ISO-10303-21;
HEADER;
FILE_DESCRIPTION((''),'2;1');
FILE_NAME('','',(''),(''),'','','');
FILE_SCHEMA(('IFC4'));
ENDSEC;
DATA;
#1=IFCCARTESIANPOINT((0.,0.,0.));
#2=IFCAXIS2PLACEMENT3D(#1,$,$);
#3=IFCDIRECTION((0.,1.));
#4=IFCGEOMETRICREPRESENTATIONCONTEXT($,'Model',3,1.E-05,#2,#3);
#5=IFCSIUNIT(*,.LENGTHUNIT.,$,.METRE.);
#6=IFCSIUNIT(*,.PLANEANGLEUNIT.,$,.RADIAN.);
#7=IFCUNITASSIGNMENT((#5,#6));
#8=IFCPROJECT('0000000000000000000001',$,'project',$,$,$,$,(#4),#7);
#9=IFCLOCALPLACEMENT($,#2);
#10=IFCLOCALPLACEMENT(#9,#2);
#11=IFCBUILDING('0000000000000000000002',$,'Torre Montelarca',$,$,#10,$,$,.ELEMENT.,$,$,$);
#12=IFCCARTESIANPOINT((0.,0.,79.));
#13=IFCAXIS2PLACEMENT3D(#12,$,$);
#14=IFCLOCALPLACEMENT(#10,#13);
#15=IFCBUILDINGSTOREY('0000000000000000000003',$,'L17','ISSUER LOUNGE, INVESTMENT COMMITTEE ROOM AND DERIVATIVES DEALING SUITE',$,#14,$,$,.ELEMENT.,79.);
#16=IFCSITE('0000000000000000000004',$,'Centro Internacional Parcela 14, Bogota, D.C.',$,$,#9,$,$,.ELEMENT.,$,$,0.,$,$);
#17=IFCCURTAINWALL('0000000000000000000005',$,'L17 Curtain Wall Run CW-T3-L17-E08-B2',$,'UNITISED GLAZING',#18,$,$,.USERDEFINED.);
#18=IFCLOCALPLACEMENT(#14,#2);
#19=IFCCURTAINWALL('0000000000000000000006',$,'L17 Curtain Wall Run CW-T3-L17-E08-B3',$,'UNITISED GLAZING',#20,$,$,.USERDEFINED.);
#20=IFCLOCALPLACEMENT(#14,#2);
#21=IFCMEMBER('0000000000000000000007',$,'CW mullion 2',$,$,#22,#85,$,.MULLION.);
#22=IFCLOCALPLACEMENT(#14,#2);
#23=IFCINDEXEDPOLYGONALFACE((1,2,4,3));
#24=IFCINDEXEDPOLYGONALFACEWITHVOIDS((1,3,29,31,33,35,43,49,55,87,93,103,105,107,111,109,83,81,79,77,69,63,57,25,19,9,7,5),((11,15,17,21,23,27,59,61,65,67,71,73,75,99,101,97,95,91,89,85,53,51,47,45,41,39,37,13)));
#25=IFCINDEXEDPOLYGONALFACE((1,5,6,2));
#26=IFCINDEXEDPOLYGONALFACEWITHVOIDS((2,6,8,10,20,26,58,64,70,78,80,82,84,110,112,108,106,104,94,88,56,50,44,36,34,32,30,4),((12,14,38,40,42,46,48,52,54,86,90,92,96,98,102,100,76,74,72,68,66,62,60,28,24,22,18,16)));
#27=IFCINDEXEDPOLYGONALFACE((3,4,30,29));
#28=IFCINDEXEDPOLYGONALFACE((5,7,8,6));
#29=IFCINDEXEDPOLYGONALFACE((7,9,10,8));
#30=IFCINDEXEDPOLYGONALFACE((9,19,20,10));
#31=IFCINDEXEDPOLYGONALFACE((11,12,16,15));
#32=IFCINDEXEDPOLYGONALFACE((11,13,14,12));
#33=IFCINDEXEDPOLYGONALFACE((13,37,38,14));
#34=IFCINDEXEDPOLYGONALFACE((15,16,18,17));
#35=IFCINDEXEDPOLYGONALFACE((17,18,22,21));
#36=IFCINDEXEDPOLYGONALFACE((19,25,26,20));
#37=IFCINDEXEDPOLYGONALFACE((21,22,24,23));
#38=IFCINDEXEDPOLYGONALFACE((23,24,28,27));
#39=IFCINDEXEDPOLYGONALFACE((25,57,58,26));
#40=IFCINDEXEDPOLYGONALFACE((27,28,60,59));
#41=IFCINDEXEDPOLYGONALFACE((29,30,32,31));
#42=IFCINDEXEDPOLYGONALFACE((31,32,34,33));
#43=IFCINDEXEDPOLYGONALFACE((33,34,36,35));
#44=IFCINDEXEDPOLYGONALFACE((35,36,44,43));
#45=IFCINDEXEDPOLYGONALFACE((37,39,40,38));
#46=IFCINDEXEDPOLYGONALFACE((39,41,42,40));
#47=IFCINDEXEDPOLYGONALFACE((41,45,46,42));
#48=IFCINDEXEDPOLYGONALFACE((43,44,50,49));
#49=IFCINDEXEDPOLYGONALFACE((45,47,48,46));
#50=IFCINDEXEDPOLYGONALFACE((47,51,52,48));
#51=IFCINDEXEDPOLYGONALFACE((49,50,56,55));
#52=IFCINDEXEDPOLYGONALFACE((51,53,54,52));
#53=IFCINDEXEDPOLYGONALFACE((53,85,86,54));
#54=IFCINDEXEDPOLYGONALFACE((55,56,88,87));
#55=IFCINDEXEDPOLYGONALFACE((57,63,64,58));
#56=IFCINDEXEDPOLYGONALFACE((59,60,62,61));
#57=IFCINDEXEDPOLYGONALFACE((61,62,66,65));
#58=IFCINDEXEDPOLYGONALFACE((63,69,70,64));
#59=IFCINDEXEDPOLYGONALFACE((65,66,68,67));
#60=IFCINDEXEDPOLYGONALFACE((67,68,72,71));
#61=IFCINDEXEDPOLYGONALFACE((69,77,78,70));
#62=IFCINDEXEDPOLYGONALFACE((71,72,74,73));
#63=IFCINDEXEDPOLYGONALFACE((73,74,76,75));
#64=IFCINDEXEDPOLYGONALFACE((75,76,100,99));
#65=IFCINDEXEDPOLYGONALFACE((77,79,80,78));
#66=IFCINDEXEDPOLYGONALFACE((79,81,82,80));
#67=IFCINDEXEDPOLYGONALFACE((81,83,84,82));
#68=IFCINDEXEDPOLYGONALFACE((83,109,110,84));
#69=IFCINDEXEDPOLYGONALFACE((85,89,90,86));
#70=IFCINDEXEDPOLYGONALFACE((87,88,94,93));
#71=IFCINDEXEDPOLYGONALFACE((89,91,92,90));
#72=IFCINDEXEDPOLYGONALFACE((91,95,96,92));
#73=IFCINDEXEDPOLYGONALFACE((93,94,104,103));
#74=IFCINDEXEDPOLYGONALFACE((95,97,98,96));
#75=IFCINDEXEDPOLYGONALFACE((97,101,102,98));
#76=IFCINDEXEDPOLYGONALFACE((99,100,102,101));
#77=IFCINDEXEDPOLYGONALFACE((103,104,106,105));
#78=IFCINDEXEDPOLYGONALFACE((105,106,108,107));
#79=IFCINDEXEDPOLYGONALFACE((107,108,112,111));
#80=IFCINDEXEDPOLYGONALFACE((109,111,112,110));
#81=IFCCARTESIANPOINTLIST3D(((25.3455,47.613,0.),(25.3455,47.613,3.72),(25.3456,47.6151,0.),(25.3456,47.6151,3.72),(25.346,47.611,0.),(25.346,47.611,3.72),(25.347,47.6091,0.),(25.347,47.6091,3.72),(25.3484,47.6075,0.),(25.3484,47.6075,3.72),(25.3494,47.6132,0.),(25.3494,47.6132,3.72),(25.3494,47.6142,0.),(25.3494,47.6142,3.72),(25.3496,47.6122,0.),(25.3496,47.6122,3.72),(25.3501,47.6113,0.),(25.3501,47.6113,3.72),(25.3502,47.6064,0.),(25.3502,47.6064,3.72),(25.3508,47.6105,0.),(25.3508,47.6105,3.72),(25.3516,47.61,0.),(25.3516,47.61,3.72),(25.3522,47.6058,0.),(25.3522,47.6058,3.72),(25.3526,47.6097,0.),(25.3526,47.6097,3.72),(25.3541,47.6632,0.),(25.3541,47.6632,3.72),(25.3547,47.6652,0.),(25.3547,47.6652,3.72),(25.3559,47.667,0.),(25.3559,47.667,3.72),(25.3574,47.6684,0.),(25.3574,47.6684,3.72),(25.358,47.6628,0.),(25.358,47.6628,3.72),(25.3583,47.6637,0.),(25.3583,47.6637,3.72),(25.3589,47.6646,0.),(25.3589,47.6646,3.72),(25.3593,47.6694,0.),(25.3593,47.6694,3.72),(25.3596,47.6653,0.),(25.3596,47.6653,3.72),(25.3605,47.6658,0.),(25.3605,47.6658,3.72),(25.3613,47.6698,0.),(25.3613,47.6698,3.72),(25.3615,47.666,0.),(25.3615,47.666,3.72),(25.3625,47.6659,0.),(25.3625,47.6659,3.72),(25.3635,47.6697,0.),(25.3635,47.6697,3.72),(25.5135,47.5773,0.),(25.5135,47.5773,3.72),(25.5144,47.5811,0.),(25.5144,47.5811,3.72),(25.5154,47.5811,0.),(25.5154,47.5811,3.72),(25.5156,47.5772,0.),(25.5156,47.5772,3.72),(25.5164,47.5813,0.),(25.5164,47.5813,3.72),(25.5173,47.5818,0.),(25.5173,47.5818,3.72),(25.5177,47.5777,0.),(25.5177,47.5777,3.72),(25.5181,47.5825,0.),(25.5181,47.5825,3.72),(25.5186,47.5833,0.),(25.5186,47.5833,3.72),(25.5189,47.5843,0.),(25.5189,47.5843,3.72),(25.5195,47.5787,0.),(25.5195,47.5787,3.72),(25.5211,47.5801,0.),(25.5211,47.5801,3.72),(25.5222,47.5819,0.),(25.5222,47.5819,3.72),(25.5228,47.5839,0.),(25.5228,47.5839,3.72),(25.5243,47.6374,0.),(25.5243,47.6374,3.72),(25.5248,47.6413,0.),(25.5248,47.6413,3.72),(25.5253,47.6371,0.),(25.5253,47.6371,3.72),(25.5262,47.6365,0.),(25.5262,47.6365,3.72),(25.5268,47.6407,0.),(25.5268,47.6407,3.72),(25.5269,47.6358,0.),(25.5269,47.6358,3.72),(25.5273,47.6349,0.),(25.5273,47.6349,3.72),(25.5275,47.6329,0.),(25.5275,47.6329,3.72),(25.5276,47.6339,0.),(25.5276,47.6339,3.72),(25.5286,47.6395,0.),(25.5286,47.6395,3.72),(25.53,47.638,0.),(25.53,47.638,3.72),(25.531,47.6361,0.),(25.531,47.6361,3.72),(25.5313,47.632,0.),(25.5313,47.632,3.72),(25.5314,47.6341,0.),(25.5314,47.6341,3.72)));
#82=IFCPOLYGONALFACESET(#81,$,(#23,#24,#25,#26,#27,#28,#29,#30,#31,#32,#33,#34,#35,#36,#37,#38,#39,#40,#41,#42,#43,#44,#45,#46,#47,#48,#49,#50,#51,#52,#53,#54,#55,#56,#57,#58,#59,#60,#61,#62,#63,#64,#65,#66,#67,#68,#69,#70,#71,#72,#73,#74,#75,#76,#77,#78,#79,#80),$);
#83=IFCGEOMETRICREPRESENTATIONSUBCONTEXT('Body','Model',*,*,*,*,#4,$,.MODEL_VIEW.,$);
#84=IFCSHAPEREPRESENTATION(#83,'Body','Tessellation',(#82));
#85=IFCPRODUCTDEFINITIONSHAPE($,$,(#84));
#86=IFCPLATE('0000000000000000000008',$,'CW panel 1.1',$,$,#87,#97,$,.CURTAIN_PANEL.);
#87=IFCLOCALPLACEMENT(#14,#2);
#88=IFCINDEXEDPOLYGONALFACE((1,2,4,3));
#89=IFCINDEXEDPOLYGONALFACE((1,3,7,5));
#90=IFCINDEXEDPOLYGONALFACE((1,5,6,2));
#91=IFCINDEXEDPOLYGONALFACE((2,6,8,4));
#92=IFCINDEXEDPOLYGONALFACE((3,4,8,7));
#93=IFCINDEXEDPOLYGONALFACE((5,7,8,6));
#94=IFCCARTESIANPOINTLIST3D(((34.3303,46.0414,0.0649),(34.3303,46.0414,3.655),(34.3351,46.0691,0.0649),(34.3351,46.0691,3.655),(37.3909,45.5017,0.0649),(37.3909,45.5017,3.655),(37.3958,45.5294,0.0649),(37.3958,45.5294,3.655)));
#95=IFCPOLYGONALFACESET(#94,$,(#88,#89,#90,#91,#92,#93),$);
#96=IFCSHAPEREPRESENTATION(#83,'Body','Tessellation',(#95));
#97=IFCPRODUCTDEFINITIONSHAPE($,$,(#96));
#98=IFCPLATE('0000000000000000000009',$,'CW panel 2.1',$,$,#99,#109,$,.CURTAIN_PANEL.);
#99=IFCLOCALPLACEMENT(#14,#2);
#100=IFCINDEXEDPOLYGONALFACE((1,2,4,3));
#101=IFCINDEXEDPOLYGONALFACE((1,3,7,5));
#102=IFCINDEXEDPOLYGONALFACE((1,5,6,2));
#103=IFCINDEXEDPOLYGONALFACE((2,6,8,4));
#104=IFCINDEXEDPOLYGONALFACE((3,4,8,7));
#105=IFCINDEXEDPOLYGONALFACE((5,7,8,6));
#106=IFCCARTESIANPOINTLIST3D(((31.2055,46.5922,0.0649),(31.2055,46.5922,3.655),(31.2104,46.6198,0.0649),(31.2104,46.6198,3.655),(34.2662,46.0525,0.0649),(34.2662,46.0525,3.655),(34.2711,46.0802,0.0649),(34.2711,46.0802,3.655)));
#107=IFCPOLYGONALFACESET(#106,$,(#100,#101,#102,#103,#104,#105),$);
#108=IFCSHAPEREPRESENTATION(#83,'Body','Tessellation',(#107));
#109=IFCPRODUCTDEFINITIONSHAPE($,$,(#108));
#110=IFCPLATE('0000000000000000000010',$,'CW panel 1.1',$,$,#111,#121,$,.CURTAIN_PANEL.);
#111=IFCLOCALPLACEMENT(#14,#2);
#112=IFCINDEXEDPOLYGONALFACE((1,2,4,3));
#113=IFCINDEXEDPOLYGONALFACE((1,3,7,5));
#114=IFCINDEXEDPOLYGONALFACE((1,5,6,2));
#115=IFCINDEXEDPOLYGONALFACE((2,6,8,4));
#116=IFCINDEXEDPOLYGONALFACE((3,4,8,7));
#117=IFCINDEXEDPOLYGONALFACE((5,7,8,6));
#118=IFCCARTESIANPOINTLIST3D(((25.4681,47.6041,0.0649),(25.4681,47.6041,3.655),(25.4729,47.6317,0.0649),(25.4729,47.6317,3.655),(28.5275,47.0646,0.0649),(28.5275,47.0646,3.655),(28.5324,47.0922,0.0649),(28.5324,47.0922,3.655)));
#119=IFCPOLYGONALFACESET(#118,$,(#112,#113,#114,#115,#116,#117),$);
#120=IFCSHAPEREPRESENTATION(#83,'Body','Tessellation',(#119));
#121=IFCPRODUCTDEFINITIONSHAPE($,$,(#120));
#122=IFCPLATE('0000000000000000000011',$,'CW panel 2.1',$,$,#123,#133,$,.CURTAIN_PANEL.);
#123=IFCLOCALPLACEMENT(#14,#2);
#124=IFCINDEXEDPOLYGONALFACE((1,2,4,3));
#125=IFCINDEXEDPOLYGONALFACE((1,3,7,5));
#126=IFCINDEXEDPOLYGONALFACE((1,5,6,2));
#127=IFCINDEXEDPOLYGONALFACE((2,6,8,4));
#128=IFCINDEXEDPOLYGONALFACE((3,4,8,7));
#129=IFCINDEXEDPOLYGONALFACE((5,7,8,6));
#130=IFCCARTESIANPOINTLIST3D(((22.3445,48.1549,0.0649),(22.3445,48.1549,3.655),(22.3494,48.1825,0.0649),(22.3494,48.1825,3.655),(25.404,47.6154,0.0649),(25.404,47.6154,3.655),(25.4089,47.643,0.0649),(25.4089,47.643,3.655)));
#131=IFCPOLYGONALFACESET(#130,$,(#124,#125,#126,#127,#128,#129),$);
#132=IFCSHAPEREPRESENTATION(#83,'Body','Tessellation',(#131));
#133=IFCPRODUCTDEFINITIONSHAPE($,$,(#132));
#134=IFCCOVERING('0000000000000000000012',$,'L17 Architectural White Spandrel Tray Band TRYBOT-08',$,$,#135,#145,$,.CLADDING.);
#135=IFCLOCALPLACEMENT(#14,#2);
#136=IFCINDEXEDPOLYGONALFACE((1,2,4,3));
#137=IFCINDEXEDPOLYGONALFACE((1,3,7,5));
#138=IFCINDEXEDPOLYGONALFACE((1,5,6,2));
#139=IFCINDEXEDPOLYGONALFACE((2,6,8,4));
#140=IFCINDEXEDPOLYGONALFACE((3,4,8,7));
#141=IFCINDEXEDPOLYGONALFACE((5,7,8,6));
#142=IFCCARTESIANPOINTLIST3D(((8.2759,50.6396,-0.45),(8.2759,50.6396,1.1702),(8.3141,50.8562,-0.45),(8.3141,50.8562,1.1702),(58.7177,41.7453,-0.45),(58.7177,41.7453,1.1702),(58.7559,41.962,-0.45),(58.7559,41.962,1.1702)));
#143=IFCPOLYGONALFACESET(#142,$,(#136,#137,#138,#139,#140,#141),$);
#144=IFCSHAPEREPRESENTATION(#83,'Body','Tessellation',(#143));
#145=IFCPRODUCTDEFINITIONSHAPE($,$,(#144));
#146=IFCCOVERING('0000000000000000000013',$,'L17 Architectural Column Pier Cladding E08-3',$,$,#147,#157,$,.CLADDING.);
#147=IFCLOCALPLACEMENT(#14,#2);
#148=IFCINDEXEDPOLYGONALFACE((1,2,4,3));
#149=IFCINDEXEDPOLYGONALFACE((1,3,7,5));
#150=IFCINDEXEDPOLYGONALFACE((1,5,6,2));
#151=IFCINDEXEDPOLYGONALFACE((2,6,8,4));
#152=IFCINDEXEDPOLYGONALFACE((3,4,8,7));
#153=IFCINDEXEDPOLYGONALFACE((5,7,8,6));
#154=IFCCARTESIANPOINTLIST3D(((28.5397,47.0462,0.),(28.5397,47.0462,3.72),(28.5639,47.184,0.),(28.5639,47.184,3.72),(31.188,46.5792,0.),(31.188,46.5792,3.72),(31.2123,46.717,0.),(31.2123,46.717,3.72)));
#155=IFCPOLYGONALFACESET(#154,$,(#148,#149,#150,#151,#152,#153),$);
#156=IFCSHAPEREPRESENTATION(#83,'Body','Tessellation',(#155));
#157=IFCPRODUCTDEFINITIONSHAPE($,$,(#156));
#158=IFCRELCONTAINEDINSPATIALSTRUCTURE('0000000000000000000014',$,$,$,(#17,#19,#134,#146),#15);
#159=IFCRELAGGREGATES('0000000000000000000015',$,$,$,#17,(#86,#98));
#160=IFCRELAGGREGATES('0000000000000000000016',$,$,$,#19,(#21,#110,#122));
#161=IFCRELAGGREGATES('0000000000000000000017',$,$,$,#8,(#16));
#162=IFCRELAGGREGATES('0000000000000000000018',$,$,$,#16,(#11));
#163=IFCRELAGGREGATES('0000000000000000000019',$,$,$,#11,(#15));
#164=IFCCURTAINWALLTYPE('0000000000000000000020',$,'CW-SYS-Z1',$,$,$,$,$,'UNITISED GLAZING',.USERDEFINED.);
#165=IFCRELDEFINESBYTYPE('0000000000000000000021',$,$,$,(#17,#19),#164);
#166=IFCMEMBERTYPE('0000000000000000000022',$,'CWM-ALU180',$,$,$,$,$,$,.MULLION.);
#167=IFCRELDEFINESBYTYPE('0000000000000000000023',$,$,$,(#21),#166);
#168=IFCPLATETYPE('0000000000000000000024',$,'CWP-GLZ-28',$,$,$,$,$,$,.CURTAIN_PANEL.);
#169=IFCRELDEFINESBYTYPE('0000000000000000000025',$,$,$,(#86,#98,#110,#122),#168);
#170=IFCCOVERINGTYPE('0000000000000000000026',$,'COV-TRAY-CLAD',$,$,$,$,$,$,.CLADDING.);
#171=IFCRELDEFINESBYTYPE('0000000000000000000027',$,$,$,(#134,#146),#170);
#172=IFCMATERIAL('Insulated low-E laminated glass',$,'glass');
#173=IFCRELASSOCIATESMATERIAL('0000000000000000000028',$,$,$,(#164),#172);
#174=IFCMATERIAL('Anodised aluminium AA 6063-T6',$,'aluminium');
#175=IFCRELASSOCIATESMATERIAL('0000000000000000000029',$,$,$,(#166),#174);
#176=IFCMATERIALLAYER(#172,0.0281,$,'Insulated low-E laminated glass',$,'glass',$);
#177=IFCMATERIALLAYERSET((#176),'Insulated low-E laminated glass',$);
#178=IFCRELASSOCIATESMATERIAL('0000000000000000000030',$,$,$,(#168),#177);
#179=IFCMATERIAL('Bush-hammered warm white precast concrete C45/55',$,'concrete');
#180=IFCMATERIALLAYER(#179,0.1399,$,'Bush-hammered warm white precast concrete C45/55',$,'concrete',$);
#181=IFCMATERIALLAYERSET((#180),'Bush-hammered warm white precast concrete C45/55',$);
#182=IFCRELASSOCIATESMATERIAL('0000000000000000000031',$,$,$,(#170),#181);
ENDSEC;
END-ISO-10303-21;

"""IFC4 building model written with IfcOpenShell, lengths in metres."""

from ifc_helpers import new_model, si_unit, direction, frame, origin, origin_2d, place, context, subcontext, project, spatial, rectangle, hollow_rectangle, extrude, source, transform, mapped, material, layer, layer_set, material_profile, profile_set, type_object, element, aggregate, save


model = new_model("IFC4")

# Units and contexts
model_context = context("Model", 3, precision=1e-05, world=origin(), true_north=direction((0.0, 1.0)))
body_context = subcontext(model_context, "Body", "Model", "MODEL_VIEW")
ifc_project = project(units=[si_unit("LENGTHUNIT", "METRE"), si_unit("PLANEANGLEUNIT", "RADIAN")], contexts=[model_context])

# Site, building, storey
site_placement = place(None, origin())
site = spatial("IfcSite", under=ifc_project, at=site_placement, Name="Centro Internacional Parcela 14, Bogota, D.C.", CompositionType="ELEMENT", RefElevation=0.0)
building_placement = place(site_placement, origin())
building = spatial("IfcBuilding", under=site, at=building_placement, Name="Torre Montelarca", CompositionType="ELEMENT")
storey_placement = place(building_placement, frame((0.0, 0.0, 79.0)))
storey = spatial("IfcBuildingStorey", under=building, at=storey_placement, Name="L17", Description="ISSUER LOUNGE, INVESTMENT COMMITTEE ROOM AND DERIVATIVES DEALING SUITE", CompositionType="ELEMENT", Elevation=79.0)

# Curtain walls
ifc_material_1 = material(Name="Insulated low-E laminated glass", Category="glass")
curtain_wall_type = type_object("IfcCurtainWallType", Name="CW-SYS-Z1", ElementType="UNITISED GLAZING", PredefinedType="USERDEFINED", material=ifc_material_1)
curtain_wall_1_placement = place(storey_placement, origin())
curtain_wall_1 = element("IfcCurtainWall", 1, at=curtain_wall_1_placement, inside=storey, type_object=curtain_wall_type, Name="L17 Curtain Wall Run CW-T3-L17-E08-B2", ObjectType="UNITISED GLAZING", PredefinedType="USERDEFINED")
ifc_material_2 = material(Name="Anodised aluminium AA 6063-T6", Category="aluminium")
curtain_wall_2_placement = place(storey_placement, origin())
curtain_wall_2 = element("IfcCurtainWall", 2, at=curtain_wall_2_placement, inside=storey, type_object=curtain_wall_type, Name="L17 Curtain Wall Run CW-T3-L17-E08-B3", ObjectType="UNITISED GLAZING", PredefinedType="USERDEFINED")

# Member
ifc_material_profile_1 = material_profile(ifc_material_2, hollow_rectangle(XDim=0.0649, YDim=0.1799, WallThickness=0.0039, InnerFilletRadius=0.0039, OuterFilletRadius=0.0081, at=origin_2d()), Name="ALU65X180X4", Category="aluminium")
ifc_profile_set_1 = profile_set([ifc_material_profile_1], Name="Anodised aluminium AA 6063-T6")
member_type_1 = type_object("IfcMemberType", Name="CWM-ALU180", PredefinedType="MULLION", material=ifc_profile_set_1)
shared_shape_1 = source(origin(), body_context, "Body", "SweptSolid", [
    extrude(hollow_rectangle(XDim=0.0649, YDim=0.1799, WallThickness=0.0039, InnerFilletRadius=0.0039, OuterFilletRadius=0.0081, at=origin_2d()), origin(), (0.0, 0.0, 1.0), 3.72),
])
member_1_placement = place(storey_placement, frame((25.4385, 47.6235, 0.0), z_axis=(0.0, 0.0, 1.0), x_axis=(-0.173658, -0.984806, 0.0)))
member_1 = element("IfcMember", 3, at=member_1_placement, type_object=member_type_1, Name="CW mullion 2", PredefinedType="MULLION", context=body_context, shape_type="MappedRepresentation", body=[
    mapped(shared_shape_1, transform((0.0, 0.0, 0.0), scale=1.0)),
])

# Plates
ifc_layer_1 = layer(ifc_material_1, 0.0281, Name="Insulated low-E laminated glass", Category="glass")
ifc_layer_set_1 = layer_set([ifc_layer_1], Name="Insulated low-E laminated glass")
plate_type = type_object("IfcPlateType", Name="CWP-GLZ-28", PredefinedType="CURTAIN_PANEL", material=ifc_layer_set_1)
shared_shape_2 = source(origin(), body_context, "Body", "SweptSolid", [
    extrude(rectangle(XDim=3.1079, YDim=0.0281, at=origin_2d()), origin(), (0.0, 0.0, 1.0), 3.5901),
])
plate_1_placement = place(storey_placement, frame((35.863, 45.7854, 0.0649), z_axis=(0.0, 0.0, 1.0), x_axis=(-0.984809, 0.173642, 0.0)))
plate_1 = element("IfcPlate", 4, at=plate_1_placement, type_object=plate_type, Name="CW panel 1.1", PredefinedType="CURTAIN_PANEL", context=body_context, shape_type="MappedRepresentation", body=[
    mapped(shared_shape_2, transform((0.0, 0.0, 0.0), scale=1.0)),
])
plate_2_placement = place(storey_placement, frame((32.7383, 46.3362, 0.0649), z_axis=(0.0, 0.0, 1.0), x_axis=(-0.984809, 0.173642, 0.0)))
plate_2 = element("IfcPlate", 5, at=plate_2_placement, type_object=plate_type, Name="CW panel 2.1", PredefinedType="CURTAIN_PANEL", context=body_context, shape_type="MappedRepresentation", body=[
    mapped(shared_shape_2, transform((0.0, 0.0, 0.0), scale=1.0)),
])
aggregate(curtain_wall_1, [plate_1, plate_2])
shared_shape_3 = source(origin(), body_context, "Body", "SweptSolid", [
    extrude(rectangle(XDim=3.1067, YDim=0.0281, at=origin_2d()), origin(), (0.0, 0.0, 1.0), 3.5901),
])
plate_3_placement = place(storey_placement, frame((27.0002, 47.3481, 0.0649), z_axis=(0.0, 0.0, 1.0), x_axis=(-0.984806, 0.173658, 0.0)))
plate_3 = element("IfcPlate", 6, at=plate_3_placement, type_object=plate_type, Name="CW panel 1.1", PredefinedType="CURTAIN_PANEL", context=body_context, shape_type="MappedRepresentation", body=[
    mapped(shared_shape_3, transform((0.0, 0.0, 0.0), scale=1.0)),
])
plate_4_placement = place(storey_placement, frame((23.8767, 47.8989, 0.0649), z_axis=(0.0, 0.0, 1.0), x_axis=(-0.984806, 0.173658, 0.0)))
plate_4 = element("IfcPlate", 7, at=plate_4_placement, type_object=plate_type, Name="CW panel 2.1", PredefinedType="CURTAIN_PANEL", context=body_context, shape_type="MappedRepresentation", body=[
    mapped(shared_shape_3, transform((0.0, 0.0, 0.0), scale=1.0)),
])
aggregate(curtain_wall_2, [member_1, plate_3, plate_4])

# Coverings
ifc_material_3 = material(Name="Bush-hammered warm white precast concrete C45/55", Category="concrete")
ifc_layer_2 = layer(ifc_material_3, 0.1399, Name="Bush-hammered warm white precast concrete C45/55", Category="concrete")
ifc_layer_set_2 = layer_set([ifc_layer_2], Name="Bush-hammered warm white precast concrete C45/55")
covering_type = type_object("IfcCoveringType", Name="COV-TRAY-CLAD", PredefinedType="CLADDING", material=ifc_layer_set_2)
shared_shape_4 = source(origin(), body_context, "Body", "SweptSolid", [
    extrude(rectangle(XDim=51.22, YDim=0.22, at=origin_2d()), origin(), (0.0, 0.0, 1.0), 1.6201),
])
covering_1_placement = place(storey_placement, frame((33.5159, 46.3008, -0.45), z_axis=(0.0, 0.0, 1.0), x_axis=(-0.984808, 0.173648, 0.0)))
element("IfcCovering", 8, at=covering_1_placement, inside=storey, type_object=covering_type, Name="L17 Architectural White Spandrel Tray Band TRYBOT-08", PredefinedType="CLADDING", context=body_context, shape_type="MappedRepresentation", body=[
    mapped(shared_shape_4, transform((0.0, 0.0, 0.0), scale=1.0)),
])
shared_shape_5 = source(origin(), body_context, "Body", "SweptSolid", [
    extrude(rectangle(XDim=2.6892, YDim=0.1399, at=origin_2d()), origin(), (0.0, 0.0, 1.0), 3.72),
])
covering_2_placement = place(storey_placement, frame((29.876, 46.8816, 0.0), z_axis=(0.0, 0.0, 1.0), x_axis=(-0.984808, 0.173646, 0.0)))
element("IfcCovering", 9, at=covering_2_placement, inside=storey, type_object=covering_type, Name="L17 Architectural Column Pier Cladding E08-3", PredefinedType="CLADDING", context=body_context, shape_type="MappedRepresentation", body=[
    mapped(shared_shape_5, transform((0.0, 0.0, 0.0), scale=1.0)),
])

save(model, "model.ifc")
